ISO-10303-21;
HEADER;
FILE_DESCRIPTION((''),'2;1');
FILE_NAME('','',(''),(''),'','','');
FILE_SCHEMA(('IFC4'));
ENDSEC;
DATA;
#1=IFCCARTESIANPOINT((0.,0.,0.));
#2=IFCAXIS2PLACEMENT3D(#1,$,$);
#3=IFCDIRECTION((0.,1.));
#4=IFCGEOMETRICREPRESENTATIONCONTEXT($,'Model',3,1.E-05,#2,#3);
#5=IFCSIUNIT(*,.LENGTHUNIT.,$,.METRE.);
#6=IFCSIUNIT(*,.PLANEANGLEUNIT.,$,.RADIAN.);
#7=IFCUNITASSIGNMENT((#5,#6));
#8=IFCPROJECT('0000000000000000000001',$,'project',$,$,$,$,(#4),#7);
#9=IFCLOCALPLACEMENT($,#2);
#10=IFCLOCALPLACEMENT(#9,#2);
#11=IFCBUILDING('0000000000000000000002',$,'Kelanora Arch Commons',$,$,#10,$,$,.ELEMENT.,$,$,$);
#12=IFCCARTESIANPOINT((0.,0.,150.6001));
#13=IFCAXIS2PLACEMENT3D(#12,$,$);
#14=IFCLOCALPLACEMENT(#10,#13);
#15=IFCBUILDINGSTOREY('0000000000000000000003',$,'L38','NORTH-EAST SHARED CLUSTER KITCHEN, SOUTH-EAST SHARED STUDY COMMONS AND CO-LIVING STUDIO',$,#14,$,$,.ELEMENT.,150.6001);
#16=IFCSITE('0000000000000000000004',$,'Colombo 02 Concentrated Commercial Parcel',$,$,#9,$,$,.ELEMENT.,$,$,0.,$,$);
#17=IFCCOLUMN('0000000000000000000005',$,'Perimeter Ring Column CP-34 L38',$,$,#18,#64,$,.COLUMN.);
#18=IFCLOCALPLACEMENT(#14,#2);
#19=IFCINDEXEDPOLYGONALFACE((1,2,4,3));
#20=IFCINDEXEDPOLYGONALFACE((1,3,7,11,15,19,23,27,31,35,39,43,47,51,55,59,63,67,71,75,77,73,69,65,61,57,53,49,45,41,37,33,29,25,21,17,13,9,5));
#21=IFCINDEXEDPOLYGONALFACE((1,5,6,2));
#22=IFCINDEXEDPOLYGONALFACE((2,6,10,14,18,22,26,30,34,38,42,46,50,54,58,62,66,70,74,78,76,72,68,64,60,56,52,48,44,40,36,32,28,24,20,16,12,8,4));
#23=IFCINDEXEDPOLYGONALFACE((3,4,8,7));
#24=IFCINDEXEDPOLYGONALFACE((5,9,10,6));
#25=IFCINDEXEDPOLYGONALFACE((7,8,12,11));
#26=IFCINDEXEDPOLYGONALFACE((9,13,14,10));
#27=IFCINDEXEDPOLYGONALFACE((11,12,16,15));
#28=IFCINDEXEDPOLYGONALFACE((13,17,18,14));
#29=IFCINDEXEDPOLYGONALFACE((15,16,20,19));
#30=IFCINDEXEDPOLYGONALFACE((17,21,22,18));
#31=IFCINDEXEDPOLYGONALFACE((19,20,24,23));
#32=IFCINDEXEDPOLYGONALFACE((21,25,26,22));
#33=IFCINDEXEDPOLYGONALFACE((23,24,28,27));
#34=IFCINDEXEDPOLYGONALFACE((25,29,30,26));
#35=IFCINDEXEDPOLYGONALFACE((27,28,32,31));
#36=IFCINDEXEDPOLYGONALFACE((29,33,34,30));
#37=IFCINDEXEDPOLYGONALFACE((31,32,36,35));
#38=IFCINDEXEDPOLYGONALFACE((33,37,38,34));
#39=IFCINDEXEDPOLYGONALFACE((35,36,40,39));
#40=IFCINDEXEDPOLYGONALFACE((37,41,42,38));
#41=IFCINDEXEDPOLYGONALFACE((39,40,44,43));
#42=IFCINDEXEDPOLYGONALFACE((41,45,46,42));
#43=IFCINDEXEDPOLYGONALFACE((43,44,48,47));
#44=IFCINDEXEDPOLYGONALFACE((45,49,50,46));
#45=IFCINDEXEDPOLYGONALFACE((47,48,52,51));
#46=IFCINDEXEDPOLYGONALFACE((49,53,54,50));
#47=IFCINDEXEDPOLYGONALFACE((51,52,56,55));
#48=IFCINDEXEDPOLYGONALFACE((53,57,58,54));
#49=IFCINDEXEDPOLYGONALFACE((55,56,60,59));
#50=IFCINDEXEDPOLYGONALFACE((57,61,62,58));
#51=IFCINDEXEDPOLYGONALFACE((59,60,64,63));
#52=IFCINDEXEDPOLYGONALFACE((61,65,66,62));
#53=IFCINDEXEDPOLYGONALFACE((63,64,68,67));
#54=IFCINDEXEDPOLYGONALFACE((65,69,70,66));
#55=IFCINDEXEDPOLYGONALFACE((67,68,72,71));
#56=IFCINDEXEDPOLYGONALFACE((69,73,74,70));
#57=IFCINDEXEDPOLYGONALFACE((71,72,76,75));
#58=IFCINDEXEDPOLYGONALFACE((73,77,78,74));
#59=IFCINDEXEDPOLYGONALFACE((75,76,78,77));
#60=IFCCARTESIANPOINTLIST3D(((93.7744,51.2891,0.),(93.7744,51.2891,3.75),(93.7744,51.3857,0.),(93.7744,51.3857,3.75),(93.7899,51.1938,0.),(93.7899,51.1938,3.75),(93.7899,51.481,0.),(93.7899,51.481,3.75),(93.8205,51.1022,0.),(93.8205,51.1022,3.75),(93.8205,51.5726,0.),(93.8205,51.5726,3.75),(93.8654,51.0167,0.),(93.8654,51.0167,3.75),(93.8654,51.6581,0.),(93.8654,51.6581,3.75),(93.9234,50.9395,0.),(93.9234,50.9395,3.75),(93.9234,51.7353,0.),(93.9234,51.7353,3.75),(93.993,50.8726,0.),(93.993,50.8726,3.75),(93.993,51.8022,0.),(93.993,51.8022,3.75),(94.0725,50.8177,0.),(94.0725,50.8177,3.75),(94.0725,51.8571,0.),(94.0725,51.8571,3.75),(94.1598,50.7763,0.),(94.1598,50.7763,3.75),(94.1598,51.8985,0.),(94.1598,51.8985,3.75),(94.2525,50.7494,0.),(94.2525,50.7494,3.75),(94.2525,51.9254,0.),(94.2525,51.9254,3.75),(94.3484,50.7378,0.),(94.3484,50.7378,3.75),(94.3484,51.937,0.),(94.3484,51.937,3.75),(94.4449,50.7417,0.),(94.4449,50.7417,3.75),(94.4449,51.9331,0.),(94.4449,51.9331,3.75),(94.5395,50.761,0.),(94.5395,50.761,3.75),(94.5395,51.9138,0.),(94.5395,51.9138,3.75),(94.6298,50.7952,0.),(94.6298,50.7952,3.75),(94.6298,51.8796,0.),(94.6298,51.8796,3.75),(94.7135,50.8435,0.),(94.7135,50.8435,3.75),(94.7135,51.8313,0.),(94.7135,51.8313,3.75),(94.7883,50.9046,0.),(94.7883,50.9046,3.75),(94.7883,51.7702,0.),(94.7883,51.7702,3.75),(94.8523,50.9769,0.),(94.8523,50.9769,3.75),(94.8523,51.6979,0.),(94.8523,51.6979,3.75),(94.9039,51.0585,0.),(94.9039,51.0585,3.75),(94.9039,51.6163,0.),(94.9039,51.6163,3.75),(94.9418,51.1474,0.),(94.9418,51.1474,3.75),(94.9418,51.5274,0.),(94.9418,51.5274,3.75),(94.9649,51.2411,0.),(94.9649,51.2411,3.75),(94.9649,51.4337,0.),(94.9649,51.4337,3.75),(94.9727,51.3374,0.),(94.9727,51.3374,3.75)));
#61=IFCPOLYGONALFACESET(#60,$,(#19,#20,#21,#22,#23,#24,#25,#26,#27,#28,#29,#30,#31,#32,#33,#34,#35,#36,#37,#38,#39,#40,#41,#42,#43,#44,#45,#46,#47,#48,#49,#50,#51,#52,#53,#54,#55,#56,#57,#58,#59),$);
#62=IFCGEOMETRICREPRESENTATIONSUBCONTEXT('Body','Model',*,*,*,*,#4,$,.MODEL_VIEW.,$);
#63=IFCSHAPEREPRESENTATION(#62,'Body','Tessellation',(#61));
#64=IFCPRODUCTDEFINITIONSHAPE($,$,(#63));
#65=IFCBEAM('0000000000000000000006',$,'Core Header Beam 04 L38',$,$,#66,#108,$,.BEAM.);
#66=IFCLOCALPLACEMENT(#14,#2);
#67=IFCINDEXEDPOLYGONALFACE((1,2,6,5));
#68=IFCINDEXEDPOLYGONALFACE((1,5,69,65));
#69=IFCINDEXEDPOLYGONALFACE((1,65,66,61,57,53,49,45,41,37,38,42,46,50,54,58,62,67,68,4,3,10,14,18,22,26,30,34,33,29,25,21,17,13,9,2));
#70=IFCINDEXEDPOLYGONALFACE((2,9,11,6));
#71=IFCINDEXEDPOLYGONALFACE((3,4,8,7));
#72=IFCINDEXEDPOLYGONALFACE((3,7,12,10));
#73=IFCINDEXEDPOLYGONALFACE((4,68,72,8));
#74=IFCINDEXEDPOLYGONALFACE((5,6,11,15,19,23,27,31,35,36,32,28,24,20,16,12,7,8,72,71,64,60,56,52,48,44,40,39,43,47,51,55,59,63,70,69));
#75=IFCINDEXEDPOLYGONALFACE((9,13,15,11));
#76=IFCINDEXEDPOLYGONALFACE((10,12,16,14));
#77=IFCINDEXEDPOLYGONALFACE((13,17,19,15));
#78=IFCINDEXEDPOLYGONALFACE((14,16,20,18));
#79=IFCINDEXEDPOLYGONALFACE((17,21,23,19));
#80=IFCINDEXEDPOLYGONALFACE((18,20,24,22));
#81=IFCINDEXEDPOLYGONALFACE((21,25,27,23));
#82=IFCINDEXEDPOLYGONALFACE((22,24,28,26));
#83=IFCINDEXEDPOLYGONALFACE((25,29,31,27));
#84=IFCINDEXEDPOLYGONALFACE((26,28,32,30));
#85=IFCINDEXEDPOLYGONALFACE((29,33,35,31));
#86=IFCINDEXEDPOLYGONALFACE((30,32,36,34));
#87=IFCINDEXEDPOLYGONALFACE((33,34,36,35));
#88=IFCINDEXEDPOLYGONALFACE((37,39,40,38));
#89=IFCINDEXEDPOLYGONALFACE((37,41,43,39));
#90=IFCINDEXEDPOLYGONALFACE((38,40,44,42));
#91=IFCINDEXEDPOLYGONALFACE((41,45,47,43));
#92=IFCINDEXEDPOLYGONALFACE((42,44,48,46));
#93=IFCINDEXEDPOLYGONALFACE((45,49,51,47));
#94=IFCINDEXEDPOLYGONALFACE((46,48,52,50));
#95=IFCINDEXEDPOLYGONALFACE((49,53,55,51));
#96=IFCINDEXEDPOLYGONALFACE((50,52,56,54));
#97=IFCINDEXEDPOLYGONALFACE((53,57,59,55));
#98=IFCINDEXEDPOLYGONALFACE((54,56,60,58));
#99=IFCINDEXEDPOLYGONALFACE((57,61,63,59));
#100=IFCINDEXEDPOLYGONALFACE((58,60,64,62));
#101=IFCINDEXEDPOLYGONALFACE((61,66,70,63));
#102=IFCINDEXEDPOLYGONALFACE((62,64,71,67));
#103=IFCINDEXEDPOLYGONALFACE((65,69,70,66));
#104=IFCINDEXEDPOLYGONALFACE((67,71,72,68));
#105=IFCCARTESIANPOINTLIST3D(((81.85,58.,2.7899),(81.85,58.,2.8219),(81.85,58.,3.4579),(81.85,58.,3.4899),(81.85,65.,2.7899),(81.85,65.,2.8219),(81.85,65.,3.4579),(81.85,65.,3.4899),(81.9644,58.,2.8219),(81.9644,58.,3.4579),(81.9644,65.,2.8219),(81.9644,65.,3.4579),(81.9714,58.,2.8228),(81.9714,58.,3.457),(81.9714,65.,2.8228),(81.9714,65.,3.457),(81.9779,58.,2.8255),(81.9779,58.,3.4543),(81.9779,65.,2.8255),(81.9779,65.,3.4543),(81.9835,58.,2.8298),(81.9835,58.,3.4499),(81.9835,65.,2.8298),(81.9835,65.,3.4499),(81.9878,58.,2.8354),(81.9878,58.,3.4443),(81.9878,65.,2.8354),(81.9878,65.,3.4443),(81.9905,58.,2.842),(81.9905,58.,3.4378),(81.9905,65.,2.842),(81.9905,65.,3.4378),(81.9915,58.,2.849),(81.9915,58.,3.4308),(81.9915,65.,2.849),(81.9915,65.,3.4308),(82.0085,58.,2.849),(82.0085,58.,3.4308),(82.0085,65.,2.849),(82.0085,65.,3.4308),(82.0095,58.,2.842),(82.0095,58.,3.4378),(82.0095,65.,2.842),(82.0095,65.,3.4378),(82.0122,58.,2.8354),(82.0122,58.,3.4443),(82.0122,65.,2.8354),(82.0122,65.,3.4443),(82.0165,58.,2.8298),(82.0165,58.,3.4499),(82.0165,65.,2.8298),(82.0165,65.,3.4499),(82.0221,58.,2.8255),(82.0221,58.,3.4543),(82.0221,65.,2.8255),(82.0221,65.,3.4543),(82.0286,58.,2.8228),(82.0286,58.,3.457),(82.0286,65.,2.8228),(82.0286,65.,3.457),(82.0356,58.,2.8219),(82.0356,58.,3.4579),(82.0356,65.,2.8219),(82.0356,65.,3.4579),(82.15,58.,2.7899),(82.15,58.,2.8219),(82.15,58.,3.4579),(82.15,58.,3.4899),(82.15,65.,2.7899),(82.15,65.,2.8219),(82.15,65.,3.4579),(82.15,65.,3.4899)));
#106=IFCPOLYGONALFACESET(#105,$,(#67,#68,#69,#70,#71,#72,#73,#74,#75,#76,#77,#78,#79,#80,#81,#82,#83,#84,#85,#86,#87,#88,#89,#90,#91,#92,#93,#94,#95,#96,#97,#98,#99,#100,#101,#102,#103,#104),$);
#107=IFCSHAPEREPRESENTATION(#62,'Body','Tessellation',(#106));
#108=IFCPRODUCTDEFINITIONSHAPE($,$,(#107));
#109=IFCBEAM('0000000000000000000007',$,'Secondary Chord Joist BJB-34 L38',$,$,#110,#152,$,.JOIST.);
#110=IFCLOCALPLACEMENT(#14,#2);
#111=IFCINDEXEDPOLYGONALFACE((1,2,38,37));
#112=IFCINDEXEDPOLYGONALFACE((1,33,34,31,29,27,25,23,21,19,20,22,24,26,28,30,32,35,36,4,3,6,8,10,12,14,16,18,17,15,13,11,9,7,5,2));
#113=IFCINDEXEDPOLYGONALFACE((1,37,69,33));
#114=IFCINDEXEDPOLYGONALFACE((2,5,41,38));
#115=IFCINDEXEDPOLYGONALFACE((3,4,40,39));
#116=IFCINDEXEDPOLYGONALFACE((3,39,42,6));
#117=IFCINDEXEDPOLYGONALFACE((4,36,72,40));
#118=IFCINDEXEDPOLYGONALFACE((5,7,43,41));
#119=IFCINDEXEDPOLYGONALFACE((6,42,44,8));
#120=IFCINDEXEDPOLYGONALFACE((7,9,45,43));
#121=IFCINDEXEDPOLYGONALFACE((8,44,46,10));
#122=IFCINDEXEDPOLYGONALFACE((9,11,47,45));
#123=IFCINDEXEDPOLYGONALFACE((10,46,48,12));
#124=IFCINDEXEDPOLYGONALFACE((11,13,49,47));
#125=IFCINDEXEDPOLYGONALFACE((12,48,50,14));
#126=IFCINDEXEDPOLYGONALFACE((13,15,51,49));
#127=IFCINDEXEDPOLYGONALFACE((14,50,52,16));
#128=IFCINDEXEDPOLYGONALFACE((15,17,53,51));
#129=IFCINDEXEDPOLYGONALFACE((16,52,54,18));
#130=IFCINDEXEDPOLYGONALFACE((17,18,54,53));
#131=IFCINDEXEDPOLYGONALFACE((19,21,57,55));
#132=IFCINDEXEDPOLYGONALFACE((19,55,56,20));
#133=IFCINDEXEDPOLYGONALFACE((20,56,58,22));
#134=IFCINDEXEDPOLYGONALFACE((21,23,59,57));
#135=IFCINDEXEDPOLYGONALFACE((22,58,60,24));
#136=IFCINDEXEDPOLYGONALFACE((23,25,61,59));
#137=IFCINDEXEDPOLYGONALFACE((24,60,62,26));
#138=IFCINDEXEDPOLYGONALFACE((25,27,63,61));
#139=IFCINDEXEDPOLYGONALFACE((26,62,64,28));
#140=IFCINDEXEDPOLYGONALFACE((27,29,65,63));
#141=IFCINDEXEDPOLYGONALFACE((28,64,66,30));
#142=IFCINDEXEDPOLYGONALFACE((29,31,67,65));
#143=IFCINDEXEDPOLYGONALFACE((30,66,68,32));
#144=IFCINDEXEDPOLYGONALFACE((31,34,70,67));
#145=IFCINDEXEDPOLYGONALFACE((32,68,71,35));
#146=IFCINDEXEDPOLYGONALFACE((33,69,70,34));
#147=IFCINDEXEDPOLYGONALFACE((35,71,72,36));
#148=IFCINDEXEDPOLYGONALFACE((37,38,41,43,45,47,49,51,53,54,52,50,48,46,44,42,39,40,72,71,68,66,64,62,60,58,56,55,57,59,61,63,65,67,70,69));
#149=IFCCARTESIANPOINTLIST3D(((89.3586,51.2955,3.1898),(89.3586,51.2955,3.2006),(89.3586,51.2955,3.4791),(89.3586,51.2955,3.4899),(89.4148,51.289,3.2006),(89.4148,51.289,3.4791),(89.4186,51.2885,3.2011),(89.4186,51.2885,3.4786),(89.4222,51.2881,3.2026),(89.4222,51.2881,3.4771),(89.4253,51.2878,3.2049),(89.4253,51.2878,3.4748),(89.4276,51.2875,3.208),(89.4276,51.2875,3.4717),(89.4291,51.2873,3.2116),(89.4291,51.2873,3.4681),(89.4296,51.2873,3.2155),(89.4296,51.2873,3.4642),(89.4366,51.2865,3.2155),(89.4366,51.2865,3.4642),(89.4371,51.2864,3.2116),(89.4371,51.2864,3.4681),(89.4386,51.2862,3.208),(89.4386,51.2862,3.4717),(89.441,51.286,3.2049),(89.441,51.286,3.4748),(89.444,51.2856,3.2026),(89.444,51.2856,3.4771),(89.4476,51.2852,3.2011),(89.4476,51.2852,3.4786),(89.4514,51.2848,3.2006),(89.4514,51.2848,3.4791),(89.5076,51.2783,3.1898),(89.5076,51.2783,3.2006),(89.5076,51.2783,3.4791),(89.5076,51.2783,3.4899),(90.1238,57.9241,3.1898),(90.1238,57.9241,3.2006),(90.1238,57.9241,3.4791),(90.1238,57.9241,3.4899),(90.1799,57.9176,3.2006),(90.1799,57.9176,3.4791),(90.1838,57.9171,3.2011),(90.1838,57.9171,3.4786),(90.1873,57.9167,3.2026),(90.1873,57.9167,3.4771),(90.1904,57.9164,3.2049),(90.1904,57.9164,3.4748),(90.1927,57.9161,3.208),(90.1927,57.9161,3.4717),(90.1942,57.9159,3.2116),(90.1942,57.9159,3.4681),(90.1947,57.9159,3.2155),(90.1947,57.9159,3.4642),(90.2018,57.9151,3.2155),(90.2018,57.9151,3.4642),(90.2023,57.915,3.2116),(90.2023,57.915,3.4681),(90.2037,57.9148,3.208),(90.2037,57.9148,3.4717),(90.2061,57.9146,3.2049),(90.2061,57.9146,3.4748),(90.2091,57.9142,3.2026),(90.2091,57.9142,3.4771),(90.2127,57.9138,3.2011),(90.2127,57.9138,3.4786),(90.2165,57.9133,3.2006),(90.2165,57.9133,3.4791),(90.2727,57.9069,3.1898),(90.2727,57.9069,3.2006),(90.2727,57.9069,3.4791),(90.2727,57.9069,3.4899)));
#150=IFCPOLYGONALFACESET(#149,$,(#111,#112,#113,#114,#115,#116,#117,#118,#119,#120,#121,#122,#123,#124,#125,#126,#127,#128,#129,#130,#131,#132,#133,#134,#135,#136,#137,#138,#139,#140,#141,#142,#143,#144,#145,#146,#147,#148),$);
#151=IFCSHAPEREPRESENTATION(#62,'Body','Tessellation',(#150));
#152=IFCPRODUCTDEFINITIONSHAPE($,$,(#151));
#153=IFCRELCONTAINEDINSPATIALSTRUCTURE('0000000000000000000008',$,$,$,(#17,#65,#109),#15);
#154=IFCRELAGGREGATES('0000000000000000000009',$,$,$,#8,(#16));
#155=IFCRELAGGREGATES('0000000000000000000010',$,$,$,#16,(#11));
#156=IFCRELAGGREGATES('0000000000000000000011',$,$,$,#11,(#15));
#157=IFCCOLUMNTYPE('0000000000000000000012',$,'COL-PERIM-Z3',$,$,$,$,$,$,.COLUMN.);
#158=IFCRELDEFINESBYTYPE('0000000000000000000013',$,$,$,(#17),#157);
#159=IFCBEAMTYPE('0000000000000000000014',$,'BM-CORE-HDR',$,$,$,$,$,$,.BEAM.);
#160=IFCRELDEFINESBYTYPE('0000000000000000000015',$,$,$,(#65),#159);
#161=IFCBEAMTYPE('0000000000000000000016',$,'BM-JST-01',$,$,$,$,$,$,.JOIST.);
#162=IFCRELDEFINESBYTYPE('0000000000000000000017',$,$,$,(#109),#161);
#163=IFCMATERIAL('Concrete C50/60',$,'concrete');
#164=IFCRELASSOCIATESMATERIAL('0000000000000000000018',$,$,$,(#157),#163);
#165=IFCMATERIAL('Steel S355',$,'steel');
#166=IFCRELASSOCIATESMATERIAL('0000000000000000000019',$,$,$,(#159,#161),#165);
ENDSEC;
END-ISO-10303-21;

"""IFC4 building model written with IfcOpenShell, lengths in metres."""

from ifc_helpers import new_model, si_unit, direction, frame, origin, origin_2d, place, context, subcontext, project, spatial, circle, i_section, extrude, material, material_profile, profile_set, type_object, element, save


model = new_model("IFC4")

# Units and contexts
model_context = context("Model", 3, precision=1e-05, world=origin(), true_north=direction((0.0, 1.0)))
body_context = subcontext(model_context, "Body", "Model", "MODEL_VIEW")
ifc_project = project(units=[si_unit("LENGTHUNIT", "METRE"), si_unit("PLANEANGLEUNIT", "RADIAN")], contexts=[model_context])

# Site, building, storey
site_placement = place(None, origin())
site = spatial("IfcSite", under=ifc_project, at=site_placement, Name="Colombo 02 Concentrated Commercial Parcel", CompositionType="ELEMENT", RefElevation=0.0)
building_placement = place(site_placement, origin())
building = spatial("IfcBuilding", under=site, at=building_placement, Name="Kelanora Arch Commons", CompositionType="ELEMENT")
storey_placement = place(building_placement, frame((0.0, 0.0, 150.6001)))
storey = spatial("IfcBuildingStorey", under=building, at=storey_placement, Name="L38", Description="NORTH-EAST SHARED CLUSTER KITCHEN, SOUTH-EAST SHARED STUDY COMMONS AND CO-LIVING STUDIO", CompositionType="ELEMENT", Elevation=150.6001)

# Column
ifc_material_1 = material(Name="Concrete C50/60", Category="concrete")
ifc_material_profile_1 = material_profile(ifc_material_1, circle(Radius=0.6001, at=origin_2d()), Name="RCC1200")
ifc_profile_set_1 = profile_set([ifc_material_profile_1], Name="Concrete C50/60")
column_type = type_object("IfcColumnType", Name="COL-PERIM-Z3", PredefinedType="COLUMN", material=ifc_profile_set_1)
column_placement = place(storey_placement, frame((94.3726, 51.3374, 0.0), z_axis=(0.0, 0.0, 1.0), x_axis=(1.0, 0.0, 0.0)))
element("IfcColumn", 1, at=column_placement, inside=storey, type_object=column_type, Name="Perimeter Ring Column CP-34 L38", PredefinedType="COLUMN", context=body_context, shape_type="SweptSolid", body=[
    extrude(circle(Radius=0.6001, at=origin_2d()), origin(), (0.0, 0.0, 1.0), 3.75),
])

# Beams
ifc_material_2 = material(Name="Steel S355", Category="steel")
ifc_material_profile_2 = material_profile(ifc_material_2, i_section(OverallWidth=0.3, OverallDepth=0.7, WebThickness=0.0171, FlangeThickness=0.032, FilletRadius=0.0271, at=origin_2d()), Name="HEB700")
ifc_profile_set_2 = profile_set([ifc_material_profile_2], Name="Steel S355")
beam_type_1 = type_object("IfcBeamType", Name="BM-CORE-HDR", PredefinedType="BEAM", material=ifc_profile_set_2)
beam_1_placement = place(storey_placement, frame((82.0, 58.0, 3.1399), z_axis=(0.0, 1.0, 0.0), x_axis=(-1.0, 0.0, 0.0)))
element("IfcBeam", 2, at=beam_1_placement, inside=storey, type_object=beam_type_1, Name="Core Header Beam 04 L38", PredefinedType="BEAM", context=body_context, shape_type="SweptSolid", body=[
    extrude(i_section(OverallWidth=0.3, OverallDepth=0.7, WebThickness=0.0171, FlangeThickness=0.032, FilletRadius=0.0271, at=origin_2d()), origin(), (0.0, 0.0, 1.0), 7.0),
])
ifc_material_profile_3 = material_profile(ifc_material_2, i_section(OverallWidth=0.1499, OverallDepth=0.3, WebThickness=0.0071, FlangeThickness=0.0107, FilletRadius=0.0149, at=origin_2d()), Name="IPE300")
ifc_profile_set_3 = profile_set([ifc_material_profile_3], Name="Steel S355")
beam_type_2 = type_object("IfcBeamType", Name="BM-JST-01", PredefinedType="JOIST", material=ifc_profile_set_3)
beam_2_placement = place(storey_placement, frame((89.4331, 51.2869, 3.3398), z_axis=(0.114667, 0.993404, 0.0), x_axis=(-0.993404, 0.114667, 0.0)))
element("IfcBeam", 3, at=beam_2_placement, inside=storey, type_object=beam_type_2, Name="Secondary Chord Joist BJB-34 L38", PredefinedType="JOIST", context=body_context, shape_type="SweptSolid", body=[
    extrude(i_section(OverallWidth=0.1499, OverallDepth=0.3, WebThickness=0.0071, FlangeThickness=0.0107, FilletRadius=0.0149, at=origin_2d()), origin(), (0.0, 0.0, 1.0), 6.6726),
])

save(model, "model.ifc")
